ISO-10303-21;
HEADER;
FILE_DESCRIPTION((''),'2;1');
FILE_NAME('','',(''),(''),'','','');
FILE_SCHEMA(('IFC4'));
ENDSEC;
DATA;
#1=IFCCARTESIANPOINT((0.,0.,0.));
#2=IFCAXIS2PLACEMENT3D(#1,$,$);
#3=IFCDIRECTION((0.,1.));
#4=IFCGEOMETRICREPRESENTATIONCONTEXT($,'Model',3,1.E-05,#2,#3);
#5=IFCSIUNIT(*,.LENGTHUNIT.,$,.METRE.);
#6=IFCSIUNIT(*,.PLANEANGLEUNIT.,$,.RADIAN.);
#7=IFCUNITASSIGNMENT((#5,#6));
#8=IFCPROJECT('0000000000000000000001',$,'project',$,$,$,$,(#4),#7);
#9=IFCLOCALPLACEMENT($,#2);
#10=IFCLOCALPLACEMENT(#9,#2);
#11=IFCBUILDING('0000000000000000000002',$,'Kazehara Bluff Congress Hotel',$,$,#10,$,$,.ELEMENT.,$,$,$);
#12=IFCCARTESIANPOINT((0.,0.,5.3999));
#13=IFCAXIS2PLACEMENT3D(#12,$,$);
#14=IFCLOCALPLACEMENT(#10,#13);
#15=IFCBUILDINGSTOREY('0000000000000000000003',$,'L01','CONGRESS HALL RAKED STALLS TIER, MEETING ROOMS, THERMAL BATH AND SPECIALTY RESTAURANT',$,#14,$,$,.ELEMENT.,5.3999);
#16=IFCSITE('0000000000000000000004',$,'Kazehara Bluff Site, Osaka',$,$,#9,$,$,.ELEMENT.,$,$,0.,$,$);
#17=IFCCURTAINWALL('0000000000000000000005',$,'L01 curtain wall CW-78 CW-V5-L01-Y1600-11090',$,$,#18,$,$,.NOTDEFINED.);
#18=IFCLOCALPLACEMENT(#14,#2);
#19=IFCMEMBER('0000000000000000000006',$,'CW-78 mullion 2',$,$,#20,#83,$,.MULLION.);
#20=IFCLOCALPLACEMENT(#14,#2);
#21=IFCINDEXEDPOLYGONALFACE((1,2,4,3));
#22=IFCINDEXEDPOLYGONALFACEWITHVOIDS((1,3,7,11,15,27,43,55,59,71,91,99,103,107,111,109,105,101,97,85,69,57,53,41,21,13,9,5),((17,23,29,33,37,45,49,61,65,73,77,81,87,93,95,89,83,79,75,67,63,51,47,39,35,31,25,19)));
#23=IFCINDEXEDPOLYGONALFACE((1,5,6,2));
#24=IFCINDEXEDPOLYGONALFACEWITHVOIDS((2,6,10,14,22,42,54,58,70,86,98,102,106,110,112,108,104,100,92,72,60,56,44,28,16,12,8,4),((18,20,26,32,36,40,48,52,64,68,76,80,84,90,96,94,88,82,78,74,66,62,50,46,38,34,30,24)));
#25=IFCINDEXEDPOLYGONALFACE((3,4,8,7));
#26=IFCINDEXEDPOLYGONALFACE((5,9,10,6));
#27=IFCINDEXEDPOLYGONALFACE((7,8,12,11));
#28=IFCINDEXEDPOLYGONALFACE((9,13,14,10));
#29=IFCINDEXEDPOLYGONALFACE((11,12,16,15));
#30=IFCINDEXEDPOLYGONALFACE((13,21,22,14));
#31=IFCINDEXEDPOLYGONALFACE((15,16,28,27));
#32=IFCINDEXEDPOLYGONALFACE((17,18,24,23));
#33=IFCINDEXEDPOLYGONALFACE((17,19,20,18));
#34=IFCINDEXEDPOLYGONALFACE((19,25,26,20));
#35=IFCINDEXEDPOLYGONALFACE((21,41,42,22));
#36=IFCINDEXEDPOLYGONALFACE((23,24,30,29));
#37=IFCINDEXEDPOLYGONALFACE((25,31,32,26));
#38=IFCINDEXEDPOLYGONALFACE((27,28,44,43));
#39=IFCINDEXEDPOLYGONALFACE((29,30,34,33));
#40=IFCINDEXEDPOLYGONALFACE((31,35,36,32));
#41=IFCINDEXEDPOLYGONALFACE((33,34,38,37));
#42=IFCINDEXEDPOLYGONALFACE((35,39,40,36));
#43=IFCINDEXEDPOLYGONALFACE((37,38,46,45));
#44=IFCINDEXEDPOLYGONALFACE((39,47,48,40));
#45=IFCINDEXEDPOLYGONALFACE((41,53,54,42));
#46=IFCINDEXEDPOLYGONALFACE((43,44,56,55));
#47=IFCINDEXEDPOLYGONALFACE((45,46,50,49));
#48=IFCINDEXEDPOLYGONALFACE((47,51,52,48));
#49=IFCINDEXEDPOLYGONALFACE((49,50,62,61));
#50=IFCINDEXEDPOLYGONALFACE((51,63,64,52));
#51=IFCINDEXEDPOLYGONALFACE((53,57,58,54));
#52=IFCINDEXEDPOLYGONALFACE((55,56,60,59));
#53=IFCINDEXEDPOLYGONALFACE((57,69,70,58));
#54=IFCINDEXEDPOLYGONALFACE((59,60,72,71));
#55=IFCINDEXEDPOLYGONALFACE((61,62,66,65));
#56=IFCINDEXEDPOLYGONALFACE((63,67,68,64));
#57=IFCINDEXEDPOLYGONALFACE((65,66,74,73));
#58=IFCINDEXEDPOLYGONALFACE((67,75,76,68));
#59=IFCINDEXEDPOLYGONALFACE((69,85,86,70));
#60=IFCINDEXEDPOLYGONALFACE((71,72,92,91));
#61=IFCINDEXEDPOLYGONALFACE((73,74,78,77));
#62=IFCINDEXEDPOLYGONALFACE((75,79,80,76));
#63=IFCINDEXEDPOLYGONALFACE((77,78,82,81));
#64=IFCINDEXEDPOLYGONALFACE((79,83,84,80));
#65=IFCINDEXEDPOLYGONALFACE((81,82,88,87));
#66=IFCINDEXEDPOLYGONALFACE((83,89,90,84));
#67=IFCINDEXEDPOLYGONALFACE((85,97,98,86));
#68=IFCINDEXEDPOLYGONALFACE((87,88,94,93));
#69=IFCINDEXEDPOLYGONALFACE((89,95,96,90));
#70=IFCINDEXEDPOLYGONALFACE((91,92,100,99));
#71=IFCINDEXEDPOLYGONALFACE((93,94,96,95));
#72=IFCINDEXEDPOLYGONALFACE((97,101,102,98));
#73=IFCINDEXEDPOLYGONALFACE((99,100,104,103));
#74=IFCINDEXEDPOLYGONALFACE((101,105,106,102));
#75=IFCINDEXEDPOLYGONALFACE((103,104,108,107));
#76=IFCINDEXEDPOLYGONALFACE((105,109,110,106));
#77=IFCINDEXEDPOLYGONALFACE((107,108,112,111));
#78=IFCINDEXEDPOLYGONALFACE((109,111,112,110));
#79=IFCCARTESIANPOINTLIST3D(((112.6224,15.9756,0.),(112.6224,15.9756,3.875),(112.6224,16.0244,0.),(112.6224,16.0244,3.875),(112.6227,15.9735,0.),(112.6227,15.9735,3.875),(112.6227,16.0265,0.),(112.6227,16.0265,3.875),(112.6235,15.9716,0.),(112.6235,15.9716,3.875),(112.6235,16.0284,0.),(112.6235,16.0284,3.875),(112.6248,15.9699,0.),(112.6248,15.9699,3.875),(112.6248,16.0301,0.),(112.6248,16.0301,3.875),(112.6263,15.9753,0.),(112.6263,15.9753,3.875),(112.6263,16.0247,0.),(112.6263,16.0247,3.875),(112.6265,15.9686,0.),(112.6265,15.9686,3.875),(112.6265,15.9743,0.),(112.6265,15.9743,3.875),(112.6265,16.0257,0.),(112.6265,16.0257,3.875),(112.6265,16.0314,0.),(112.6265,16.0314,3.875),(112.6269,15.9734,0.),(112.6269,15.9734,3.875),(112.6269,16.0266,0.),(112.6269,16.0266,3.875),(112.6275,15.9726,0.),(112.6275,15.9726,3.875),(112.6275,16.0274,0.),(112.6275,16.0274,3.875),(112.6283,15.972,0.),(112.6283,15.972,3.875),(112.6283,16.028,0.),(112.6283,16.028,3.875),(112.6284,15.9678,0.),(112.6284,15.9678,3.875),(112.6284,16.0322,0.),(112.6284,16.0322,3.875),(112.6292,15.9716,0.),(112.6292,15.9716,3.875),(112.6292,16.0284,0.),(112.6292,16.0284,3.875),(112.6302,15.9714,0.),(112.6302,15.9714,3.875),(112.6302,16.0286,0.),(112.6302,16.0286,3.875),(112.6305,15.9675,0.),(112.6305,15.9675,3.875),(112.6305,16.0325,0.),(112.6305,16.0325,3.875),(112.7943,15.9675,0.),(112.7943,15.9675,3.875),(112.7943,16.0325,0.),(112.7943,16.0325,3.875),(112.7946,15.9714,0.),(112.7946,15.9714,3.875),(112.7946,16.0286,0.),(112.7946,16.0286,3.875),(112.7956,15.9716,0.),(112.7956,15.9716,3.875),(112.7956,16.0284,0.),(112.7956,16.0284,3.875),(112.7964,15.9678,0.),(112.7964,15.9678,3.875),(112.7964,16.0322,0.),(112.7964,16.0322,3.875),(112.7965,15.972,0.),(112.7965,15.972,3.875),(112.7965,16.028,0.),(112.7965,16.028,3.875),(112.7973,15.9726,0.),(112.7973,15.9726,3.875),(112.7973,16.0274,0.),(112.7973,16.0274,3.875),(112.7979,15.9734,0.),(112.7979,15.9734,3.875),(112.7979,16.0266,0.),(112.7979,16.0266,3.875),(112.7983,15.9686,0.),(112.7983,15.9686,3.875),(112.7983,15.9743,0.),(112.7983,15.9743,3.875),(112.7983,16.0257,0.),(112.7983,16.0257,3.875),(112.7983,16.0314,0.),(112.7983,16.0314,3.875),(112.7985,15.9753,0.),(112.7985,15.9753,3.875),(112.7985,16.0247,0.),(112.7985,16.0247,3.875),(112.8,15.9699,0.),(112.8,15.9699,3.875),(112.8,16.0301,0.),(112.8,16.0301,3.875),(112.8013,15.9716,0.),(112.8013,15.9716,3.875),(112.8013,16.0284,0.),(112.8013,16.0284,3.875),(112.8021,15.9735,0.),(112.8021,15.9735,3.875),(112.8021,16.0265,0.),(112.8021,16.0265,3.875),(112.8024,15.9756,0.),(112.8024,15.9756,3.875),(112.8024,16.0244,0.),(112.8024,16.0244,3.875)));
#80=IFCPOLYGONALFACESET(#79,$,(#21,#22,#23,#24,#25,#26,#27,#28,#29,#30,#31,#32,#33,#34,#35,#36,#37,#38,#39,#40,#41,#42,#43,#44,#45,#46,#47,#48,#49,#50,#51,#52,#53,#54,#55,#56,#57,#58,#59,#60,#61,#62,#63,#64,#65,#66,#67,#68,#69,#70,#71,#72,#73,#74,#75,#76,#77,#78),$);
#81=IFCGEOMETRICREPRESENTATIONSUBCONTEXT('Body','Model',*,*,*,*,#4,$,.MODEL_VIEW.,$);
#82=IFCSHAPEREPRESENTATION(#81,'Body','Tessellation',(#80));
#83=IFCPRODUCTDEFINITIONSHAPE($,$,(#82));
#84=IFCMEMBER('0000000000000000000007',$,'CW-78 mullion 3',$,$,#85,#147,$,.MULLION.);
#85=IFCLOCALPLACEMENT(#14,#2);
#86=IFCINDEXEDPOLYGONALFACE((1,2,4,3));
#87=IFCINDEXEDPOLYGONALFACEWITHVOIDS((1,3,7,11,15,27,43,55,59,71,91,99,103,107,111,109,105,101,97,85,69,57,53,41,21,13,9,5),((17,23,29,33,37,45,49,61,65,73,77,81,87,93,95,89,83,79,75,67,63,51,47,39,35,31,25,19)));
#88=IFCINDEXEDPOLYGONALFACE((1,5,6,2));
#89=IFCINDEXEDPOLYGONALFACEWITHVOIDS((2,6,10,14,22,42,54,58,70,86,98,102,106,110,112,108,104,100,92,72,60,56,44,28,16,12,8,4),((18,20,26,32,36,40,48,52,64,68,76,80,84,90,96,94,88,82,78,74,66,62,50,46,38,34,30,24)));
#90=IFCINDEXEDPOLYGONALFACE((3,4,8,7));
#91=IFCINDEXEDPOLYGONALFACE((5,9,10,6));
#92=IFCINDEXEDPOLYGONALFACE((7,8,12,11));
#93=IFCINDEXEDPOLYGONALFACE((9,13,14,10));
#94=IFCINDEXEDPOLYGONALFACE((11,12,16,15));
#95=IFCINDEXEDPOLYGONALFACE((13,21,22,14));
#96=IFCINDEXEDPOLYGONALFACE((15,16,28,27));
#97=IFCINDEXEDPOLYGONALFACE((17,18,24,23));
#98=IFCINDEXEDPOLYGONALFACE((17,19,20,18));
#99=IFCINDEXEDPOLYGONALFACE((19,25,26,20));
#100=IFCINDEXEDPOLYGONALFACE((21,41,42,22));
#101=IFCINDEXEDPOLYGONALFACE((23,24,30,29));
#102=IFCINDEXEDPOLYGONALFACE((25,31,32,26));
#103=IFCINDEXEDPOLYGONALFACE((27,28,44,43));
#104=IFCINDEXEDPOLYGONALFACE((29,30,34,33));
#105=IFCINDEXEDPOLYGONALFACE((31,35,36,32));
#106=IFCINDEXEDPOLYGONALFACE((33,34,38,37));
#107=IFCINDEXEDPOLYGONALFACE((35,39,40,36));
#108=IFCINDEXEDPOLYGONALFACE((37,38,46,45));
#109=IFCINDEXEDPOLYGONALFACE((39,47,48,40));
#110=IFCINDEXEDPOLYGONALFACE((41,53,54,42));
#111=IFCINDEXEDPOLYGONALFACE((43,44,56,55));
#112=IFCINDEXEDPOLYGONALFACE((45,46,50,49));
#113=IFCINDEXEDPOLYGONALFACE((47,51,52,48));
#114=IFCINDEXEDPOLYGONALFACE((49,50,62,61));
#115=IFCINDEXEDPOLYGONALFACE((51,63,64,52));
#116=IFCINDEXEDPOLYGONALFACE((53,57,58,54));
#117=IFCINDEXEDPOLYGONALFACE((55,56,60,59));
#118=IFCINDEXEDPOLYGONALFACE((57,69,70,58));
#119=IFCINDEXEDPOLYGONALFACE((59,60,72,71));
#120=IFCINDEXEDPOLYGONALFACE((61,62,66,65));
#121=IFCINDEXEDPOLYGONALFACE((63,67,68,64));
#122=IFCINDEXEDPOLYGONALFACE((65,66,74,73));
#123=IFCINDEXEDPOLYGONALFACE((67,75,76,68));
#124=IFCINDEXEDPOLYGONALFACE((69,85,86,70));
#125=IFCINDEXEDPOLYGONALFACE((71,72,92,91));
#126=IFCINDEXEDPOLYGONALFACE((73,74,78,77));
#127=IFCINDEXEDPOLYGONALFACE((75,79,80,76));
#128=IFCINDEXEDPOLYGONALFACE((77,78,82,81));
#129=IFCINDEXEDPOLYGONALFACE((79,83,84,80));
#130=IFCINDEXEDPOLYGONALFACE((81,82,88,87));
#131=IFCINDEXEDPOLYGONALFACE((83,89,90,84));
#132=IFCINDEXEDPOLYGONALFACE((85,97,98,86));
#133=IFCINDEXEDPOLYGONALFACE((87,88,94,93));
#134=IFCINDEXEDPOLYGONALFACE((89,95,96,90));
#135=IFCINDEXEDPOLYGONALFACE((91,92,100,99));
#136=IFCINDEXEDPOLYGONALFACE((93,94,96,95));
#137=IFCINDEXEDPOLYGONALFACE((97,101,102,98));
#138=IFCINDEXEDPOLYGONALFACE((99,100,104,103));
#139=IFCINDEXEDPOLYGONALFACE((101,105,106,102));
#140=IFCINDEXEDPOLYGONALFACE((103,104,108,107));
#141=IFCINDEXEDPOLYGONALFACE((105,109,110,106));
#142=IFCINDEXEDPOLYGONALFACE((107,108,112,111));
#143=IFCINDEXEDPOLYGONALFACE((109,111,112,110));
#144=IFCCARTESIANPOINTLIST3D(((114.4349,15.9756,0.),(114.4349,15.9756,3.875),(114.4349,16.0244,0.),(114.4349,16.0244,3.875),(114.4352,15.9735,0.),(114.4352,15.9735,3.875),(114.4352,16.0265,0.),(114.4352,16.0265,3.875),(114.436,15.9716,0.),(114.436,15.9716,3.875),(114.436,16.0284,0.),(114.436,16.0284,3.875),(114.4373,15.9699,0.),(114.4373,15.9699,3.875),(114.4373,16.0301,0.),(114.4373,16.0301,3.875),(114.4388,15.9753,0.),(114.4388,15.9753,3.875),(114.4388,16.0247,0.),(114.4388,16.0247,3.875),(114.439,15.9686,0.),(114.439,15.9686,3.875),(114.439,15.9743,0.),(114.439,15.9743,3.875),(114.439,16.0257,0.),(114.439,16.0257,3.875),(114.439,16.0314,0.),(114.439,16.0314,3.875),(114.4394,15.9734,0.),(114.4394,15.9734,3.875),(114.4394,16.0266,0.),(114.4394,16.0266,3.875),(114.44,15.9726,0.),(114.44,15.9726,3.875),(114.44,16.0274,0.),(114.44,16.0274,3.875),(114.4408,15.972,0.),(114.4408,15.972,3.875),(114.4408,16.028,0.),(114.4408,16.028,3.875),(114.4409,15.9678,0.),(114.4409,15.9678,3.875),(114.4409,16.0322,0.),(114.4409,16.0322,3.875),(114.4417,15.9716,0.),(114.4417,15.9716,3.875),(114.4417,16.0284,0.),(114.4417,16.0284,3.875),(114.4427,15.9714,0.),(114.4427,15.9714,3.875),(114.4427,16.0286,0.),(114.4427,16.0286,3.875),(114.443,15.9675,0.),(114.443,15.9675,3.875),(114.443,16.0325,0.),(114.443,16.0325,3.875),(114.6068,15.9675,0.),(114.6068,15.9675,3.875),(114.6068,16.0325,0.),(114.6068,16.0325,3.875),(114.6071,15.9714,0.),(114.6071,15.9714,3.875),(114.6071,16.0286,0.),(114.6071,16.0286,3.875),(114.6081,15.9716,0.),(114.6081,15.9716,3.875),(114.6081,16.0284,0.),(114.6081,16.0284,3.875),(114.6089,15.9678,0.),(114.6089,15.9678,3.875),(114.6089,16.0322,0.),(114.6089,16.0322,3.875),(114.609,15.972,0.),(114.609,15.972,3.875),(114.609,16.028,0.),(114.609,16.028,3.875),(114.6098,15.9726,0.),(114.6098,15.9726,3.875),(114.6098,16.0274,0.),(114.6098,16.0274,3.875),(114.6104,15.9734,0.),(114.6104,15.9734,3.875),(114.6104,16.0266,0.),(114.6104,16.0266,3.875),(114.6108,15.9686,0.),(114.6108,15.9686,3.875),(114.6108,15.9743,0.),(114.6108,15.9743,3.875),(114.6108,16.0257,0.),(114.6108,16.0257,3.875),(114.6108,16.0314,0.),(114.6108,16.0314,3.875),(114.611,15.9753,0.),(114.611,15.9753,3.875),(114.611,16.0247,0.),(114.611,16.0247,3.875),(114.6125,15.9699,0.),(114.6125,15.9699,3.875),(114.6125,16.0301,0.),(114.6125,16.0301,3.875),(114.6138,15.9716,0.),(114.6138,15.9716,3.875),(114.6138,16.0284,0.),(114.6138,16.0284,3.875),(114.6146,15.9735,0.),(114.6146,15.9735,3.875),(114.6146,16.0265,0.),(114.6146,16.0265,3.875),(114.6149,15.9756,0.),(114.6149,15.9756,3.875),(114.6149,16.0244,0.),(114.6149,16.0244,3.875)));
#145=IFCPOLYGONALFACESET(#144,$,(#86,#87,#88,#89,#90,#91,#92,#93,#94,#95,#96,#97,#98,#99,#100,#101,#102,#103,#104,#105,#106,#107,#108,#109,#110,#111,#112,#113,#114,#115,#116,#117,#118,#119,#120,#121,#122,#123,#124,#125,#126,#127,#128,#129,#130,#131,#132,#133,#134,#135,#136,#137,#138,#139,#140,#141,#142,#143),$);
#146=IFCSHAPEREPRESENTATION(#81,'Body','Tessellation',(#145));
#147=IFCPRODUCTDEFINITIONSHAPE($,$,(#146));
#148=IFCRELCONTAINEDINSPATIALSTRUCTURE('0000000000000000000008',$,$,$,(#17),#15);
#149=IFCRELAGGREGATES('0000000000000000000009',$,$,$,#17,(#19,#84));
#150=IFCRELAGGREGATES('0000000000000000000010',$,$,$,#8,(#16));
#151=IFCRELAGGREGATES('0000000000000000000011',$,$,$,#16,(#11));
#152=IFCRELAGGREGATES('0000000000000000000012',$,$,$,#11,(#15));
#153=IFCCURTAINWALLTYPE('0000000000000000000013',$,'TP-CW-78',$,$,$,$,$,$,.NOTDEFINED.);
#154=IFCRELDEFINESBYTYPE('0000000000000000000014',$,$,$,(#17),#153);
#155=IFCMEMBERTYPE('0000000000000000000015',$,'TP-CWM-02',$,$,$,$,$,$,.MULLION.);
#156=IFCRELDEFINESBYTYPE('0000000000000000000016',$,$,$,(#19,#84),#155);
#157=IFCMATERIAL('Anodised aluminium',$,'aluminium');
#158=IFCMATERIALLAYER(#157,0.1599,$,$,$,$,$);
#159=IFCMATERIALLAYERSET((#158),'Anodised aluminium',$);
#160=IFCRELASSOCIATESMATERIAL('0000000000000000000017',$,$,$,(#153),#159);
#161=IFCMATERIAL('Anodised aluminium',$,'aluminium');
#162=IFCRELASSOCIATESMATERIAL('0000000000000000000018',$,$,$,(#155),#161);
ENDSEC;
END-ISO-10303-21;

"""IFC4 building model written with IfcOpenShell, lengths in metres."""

from ifc_helpers import new_model, si_unit, direction, frame, origin, origin_2d, place, context, subcontext, project, spatial, hollow_rectangle, extrude, material, layer, layer_set, material_profile, profile_set, type_object, element, aggregate, save


model = new_model("IFC4")

# Units and contexts
model_context = context("Model", 3, precision=1e-05, world=origin(), true_north=direction((0.0, 1.0)))
body_context = subcontext(model_context, "Body", "Model", "MODEL_VIEW")
ifc_project = project(units=[si_unit("LENGTHUNIT", "METRE"), si_unit("PLANEANGLEUNIT", "RADIAN")], contexts=[model_context])

# Site, building, storey
site_placement = place(None, origin())
site = spatial("IfcSite", under=ifc_project, at=site_placement, Name="Kazehara Bluff Site, Osaka", CompositionType="ELEMENT", RefElevation=0.0)
building_placement = place(site_placement, origin())
building = spatial("IfcBuilding", under=site, at=building_placement, Name="Kazehara Bluff Congress Hotel", CompositionType="ELEMENT")
storey_placement = place(building_placement, frame((0.0, 0.0, 5.3999)))
storey = spatial("IfcBuildingStorey", under=building, at=storey_placement, Name="L01", Description="CONGRESS HALL RAKED STALLS TIER, MEETING ROOMS, THERMAL BATH AND SPECIALTY RESTAURANT", CompositionType="ELEMENT", Elevation=5.3999)

# Curtain wall, members
ifc_material_1 = material(Name="Anodised aluminium", Category="aluminium")
ifc_layer_1 = layer(ifc_material_1, 0.1599)
ifc_layer_set_1 = layer_set([ifc_layer_1], Name="Anodised aluminium")
curtain_wall_type = type_object("IfcCurtainWallType", Name="TP-CW-78", PredefinedType="NOTDEFINED", material=ifc_layer_set_1)
curtain_wall_placement = place(storey_placement, origin())
curtain_wall = element("IfcCurtainWall", 1, at=curtain_wall_placement, inside=storey, type_object=curtain_wall_type, Name="L01 curtain wall CW-78 CW-V5-L01-Y1600-11090", PredefinedType="NOTDEFINED")
ifc_material_2 = material(Name="Anodised aluminium", Category="aluminium")
ifc_material_profile_1 = material_profile(ifc_material_2, hollow_rectangle(XDim=0.0649, YDim=0.1799, WallThickness=0.0039, InnerFilletRadius=0.0039, OuterFilletRadius=0.0081, at=origin_2d()))
ifc_profile_set_1 = profile_set([ifc_material_profile_1], Name="Anodised aluminium")
member_type_1 = type_object("IfcMemberType", Name="TP-CWM-02", PredefinedType="MULLION", material=ifc_profile_set_1)
member_1_placement = place(storey_placement, frame((112.7124, 16.0, 0.0), z_axis=(0.0, 0.0, 1.0), x_axis=(0.0, 1.0, 0.0)))
member_1 = element("IfcMember", 2, at=member_1_placement, type_object=member_type_1, Name="CW-78 mullion 2", PredefinedType="MULLION", context=body_context, shape_type="SweptSolid", body=[
    extrude(hollow_rectangle(XDim=0.0649, YDim=0.1799, WallThickness=0.0039, InnerFilletRadius=0.0039, OuterFilletRadius=0.0081, at=origin_2d()), origin(), (0.0, 0.0, 1.0), 3.875),
])
member_2_placement = place(storey_placement, frame((114.5249, 16.0, 0.0), z_axis=(0.0, 0.0, 1.0), x_axis=(0.0, 1.0, 0.0)))
member_2 = element("IfcMember", 3, at=member_2_placement, type_object=member_type_1, Name="CW-78 mullion 3", PredefinedType="MULLION", context=body_context, shape_type="SweptSolid", body=[
    extrude(hollow_rectangle(XDim=0.0649, YDim=0.1799, WallThickness=0.0039, InnerFilletRadius=0.0039, OuterFilletRadius=0.0081, at=origin_2d()), origin(), (0.0, 0.0, 1.0), 3.875),
])

aggregate(curtain_wall, [member_1, member_2])

save(model, "model.ifc")
